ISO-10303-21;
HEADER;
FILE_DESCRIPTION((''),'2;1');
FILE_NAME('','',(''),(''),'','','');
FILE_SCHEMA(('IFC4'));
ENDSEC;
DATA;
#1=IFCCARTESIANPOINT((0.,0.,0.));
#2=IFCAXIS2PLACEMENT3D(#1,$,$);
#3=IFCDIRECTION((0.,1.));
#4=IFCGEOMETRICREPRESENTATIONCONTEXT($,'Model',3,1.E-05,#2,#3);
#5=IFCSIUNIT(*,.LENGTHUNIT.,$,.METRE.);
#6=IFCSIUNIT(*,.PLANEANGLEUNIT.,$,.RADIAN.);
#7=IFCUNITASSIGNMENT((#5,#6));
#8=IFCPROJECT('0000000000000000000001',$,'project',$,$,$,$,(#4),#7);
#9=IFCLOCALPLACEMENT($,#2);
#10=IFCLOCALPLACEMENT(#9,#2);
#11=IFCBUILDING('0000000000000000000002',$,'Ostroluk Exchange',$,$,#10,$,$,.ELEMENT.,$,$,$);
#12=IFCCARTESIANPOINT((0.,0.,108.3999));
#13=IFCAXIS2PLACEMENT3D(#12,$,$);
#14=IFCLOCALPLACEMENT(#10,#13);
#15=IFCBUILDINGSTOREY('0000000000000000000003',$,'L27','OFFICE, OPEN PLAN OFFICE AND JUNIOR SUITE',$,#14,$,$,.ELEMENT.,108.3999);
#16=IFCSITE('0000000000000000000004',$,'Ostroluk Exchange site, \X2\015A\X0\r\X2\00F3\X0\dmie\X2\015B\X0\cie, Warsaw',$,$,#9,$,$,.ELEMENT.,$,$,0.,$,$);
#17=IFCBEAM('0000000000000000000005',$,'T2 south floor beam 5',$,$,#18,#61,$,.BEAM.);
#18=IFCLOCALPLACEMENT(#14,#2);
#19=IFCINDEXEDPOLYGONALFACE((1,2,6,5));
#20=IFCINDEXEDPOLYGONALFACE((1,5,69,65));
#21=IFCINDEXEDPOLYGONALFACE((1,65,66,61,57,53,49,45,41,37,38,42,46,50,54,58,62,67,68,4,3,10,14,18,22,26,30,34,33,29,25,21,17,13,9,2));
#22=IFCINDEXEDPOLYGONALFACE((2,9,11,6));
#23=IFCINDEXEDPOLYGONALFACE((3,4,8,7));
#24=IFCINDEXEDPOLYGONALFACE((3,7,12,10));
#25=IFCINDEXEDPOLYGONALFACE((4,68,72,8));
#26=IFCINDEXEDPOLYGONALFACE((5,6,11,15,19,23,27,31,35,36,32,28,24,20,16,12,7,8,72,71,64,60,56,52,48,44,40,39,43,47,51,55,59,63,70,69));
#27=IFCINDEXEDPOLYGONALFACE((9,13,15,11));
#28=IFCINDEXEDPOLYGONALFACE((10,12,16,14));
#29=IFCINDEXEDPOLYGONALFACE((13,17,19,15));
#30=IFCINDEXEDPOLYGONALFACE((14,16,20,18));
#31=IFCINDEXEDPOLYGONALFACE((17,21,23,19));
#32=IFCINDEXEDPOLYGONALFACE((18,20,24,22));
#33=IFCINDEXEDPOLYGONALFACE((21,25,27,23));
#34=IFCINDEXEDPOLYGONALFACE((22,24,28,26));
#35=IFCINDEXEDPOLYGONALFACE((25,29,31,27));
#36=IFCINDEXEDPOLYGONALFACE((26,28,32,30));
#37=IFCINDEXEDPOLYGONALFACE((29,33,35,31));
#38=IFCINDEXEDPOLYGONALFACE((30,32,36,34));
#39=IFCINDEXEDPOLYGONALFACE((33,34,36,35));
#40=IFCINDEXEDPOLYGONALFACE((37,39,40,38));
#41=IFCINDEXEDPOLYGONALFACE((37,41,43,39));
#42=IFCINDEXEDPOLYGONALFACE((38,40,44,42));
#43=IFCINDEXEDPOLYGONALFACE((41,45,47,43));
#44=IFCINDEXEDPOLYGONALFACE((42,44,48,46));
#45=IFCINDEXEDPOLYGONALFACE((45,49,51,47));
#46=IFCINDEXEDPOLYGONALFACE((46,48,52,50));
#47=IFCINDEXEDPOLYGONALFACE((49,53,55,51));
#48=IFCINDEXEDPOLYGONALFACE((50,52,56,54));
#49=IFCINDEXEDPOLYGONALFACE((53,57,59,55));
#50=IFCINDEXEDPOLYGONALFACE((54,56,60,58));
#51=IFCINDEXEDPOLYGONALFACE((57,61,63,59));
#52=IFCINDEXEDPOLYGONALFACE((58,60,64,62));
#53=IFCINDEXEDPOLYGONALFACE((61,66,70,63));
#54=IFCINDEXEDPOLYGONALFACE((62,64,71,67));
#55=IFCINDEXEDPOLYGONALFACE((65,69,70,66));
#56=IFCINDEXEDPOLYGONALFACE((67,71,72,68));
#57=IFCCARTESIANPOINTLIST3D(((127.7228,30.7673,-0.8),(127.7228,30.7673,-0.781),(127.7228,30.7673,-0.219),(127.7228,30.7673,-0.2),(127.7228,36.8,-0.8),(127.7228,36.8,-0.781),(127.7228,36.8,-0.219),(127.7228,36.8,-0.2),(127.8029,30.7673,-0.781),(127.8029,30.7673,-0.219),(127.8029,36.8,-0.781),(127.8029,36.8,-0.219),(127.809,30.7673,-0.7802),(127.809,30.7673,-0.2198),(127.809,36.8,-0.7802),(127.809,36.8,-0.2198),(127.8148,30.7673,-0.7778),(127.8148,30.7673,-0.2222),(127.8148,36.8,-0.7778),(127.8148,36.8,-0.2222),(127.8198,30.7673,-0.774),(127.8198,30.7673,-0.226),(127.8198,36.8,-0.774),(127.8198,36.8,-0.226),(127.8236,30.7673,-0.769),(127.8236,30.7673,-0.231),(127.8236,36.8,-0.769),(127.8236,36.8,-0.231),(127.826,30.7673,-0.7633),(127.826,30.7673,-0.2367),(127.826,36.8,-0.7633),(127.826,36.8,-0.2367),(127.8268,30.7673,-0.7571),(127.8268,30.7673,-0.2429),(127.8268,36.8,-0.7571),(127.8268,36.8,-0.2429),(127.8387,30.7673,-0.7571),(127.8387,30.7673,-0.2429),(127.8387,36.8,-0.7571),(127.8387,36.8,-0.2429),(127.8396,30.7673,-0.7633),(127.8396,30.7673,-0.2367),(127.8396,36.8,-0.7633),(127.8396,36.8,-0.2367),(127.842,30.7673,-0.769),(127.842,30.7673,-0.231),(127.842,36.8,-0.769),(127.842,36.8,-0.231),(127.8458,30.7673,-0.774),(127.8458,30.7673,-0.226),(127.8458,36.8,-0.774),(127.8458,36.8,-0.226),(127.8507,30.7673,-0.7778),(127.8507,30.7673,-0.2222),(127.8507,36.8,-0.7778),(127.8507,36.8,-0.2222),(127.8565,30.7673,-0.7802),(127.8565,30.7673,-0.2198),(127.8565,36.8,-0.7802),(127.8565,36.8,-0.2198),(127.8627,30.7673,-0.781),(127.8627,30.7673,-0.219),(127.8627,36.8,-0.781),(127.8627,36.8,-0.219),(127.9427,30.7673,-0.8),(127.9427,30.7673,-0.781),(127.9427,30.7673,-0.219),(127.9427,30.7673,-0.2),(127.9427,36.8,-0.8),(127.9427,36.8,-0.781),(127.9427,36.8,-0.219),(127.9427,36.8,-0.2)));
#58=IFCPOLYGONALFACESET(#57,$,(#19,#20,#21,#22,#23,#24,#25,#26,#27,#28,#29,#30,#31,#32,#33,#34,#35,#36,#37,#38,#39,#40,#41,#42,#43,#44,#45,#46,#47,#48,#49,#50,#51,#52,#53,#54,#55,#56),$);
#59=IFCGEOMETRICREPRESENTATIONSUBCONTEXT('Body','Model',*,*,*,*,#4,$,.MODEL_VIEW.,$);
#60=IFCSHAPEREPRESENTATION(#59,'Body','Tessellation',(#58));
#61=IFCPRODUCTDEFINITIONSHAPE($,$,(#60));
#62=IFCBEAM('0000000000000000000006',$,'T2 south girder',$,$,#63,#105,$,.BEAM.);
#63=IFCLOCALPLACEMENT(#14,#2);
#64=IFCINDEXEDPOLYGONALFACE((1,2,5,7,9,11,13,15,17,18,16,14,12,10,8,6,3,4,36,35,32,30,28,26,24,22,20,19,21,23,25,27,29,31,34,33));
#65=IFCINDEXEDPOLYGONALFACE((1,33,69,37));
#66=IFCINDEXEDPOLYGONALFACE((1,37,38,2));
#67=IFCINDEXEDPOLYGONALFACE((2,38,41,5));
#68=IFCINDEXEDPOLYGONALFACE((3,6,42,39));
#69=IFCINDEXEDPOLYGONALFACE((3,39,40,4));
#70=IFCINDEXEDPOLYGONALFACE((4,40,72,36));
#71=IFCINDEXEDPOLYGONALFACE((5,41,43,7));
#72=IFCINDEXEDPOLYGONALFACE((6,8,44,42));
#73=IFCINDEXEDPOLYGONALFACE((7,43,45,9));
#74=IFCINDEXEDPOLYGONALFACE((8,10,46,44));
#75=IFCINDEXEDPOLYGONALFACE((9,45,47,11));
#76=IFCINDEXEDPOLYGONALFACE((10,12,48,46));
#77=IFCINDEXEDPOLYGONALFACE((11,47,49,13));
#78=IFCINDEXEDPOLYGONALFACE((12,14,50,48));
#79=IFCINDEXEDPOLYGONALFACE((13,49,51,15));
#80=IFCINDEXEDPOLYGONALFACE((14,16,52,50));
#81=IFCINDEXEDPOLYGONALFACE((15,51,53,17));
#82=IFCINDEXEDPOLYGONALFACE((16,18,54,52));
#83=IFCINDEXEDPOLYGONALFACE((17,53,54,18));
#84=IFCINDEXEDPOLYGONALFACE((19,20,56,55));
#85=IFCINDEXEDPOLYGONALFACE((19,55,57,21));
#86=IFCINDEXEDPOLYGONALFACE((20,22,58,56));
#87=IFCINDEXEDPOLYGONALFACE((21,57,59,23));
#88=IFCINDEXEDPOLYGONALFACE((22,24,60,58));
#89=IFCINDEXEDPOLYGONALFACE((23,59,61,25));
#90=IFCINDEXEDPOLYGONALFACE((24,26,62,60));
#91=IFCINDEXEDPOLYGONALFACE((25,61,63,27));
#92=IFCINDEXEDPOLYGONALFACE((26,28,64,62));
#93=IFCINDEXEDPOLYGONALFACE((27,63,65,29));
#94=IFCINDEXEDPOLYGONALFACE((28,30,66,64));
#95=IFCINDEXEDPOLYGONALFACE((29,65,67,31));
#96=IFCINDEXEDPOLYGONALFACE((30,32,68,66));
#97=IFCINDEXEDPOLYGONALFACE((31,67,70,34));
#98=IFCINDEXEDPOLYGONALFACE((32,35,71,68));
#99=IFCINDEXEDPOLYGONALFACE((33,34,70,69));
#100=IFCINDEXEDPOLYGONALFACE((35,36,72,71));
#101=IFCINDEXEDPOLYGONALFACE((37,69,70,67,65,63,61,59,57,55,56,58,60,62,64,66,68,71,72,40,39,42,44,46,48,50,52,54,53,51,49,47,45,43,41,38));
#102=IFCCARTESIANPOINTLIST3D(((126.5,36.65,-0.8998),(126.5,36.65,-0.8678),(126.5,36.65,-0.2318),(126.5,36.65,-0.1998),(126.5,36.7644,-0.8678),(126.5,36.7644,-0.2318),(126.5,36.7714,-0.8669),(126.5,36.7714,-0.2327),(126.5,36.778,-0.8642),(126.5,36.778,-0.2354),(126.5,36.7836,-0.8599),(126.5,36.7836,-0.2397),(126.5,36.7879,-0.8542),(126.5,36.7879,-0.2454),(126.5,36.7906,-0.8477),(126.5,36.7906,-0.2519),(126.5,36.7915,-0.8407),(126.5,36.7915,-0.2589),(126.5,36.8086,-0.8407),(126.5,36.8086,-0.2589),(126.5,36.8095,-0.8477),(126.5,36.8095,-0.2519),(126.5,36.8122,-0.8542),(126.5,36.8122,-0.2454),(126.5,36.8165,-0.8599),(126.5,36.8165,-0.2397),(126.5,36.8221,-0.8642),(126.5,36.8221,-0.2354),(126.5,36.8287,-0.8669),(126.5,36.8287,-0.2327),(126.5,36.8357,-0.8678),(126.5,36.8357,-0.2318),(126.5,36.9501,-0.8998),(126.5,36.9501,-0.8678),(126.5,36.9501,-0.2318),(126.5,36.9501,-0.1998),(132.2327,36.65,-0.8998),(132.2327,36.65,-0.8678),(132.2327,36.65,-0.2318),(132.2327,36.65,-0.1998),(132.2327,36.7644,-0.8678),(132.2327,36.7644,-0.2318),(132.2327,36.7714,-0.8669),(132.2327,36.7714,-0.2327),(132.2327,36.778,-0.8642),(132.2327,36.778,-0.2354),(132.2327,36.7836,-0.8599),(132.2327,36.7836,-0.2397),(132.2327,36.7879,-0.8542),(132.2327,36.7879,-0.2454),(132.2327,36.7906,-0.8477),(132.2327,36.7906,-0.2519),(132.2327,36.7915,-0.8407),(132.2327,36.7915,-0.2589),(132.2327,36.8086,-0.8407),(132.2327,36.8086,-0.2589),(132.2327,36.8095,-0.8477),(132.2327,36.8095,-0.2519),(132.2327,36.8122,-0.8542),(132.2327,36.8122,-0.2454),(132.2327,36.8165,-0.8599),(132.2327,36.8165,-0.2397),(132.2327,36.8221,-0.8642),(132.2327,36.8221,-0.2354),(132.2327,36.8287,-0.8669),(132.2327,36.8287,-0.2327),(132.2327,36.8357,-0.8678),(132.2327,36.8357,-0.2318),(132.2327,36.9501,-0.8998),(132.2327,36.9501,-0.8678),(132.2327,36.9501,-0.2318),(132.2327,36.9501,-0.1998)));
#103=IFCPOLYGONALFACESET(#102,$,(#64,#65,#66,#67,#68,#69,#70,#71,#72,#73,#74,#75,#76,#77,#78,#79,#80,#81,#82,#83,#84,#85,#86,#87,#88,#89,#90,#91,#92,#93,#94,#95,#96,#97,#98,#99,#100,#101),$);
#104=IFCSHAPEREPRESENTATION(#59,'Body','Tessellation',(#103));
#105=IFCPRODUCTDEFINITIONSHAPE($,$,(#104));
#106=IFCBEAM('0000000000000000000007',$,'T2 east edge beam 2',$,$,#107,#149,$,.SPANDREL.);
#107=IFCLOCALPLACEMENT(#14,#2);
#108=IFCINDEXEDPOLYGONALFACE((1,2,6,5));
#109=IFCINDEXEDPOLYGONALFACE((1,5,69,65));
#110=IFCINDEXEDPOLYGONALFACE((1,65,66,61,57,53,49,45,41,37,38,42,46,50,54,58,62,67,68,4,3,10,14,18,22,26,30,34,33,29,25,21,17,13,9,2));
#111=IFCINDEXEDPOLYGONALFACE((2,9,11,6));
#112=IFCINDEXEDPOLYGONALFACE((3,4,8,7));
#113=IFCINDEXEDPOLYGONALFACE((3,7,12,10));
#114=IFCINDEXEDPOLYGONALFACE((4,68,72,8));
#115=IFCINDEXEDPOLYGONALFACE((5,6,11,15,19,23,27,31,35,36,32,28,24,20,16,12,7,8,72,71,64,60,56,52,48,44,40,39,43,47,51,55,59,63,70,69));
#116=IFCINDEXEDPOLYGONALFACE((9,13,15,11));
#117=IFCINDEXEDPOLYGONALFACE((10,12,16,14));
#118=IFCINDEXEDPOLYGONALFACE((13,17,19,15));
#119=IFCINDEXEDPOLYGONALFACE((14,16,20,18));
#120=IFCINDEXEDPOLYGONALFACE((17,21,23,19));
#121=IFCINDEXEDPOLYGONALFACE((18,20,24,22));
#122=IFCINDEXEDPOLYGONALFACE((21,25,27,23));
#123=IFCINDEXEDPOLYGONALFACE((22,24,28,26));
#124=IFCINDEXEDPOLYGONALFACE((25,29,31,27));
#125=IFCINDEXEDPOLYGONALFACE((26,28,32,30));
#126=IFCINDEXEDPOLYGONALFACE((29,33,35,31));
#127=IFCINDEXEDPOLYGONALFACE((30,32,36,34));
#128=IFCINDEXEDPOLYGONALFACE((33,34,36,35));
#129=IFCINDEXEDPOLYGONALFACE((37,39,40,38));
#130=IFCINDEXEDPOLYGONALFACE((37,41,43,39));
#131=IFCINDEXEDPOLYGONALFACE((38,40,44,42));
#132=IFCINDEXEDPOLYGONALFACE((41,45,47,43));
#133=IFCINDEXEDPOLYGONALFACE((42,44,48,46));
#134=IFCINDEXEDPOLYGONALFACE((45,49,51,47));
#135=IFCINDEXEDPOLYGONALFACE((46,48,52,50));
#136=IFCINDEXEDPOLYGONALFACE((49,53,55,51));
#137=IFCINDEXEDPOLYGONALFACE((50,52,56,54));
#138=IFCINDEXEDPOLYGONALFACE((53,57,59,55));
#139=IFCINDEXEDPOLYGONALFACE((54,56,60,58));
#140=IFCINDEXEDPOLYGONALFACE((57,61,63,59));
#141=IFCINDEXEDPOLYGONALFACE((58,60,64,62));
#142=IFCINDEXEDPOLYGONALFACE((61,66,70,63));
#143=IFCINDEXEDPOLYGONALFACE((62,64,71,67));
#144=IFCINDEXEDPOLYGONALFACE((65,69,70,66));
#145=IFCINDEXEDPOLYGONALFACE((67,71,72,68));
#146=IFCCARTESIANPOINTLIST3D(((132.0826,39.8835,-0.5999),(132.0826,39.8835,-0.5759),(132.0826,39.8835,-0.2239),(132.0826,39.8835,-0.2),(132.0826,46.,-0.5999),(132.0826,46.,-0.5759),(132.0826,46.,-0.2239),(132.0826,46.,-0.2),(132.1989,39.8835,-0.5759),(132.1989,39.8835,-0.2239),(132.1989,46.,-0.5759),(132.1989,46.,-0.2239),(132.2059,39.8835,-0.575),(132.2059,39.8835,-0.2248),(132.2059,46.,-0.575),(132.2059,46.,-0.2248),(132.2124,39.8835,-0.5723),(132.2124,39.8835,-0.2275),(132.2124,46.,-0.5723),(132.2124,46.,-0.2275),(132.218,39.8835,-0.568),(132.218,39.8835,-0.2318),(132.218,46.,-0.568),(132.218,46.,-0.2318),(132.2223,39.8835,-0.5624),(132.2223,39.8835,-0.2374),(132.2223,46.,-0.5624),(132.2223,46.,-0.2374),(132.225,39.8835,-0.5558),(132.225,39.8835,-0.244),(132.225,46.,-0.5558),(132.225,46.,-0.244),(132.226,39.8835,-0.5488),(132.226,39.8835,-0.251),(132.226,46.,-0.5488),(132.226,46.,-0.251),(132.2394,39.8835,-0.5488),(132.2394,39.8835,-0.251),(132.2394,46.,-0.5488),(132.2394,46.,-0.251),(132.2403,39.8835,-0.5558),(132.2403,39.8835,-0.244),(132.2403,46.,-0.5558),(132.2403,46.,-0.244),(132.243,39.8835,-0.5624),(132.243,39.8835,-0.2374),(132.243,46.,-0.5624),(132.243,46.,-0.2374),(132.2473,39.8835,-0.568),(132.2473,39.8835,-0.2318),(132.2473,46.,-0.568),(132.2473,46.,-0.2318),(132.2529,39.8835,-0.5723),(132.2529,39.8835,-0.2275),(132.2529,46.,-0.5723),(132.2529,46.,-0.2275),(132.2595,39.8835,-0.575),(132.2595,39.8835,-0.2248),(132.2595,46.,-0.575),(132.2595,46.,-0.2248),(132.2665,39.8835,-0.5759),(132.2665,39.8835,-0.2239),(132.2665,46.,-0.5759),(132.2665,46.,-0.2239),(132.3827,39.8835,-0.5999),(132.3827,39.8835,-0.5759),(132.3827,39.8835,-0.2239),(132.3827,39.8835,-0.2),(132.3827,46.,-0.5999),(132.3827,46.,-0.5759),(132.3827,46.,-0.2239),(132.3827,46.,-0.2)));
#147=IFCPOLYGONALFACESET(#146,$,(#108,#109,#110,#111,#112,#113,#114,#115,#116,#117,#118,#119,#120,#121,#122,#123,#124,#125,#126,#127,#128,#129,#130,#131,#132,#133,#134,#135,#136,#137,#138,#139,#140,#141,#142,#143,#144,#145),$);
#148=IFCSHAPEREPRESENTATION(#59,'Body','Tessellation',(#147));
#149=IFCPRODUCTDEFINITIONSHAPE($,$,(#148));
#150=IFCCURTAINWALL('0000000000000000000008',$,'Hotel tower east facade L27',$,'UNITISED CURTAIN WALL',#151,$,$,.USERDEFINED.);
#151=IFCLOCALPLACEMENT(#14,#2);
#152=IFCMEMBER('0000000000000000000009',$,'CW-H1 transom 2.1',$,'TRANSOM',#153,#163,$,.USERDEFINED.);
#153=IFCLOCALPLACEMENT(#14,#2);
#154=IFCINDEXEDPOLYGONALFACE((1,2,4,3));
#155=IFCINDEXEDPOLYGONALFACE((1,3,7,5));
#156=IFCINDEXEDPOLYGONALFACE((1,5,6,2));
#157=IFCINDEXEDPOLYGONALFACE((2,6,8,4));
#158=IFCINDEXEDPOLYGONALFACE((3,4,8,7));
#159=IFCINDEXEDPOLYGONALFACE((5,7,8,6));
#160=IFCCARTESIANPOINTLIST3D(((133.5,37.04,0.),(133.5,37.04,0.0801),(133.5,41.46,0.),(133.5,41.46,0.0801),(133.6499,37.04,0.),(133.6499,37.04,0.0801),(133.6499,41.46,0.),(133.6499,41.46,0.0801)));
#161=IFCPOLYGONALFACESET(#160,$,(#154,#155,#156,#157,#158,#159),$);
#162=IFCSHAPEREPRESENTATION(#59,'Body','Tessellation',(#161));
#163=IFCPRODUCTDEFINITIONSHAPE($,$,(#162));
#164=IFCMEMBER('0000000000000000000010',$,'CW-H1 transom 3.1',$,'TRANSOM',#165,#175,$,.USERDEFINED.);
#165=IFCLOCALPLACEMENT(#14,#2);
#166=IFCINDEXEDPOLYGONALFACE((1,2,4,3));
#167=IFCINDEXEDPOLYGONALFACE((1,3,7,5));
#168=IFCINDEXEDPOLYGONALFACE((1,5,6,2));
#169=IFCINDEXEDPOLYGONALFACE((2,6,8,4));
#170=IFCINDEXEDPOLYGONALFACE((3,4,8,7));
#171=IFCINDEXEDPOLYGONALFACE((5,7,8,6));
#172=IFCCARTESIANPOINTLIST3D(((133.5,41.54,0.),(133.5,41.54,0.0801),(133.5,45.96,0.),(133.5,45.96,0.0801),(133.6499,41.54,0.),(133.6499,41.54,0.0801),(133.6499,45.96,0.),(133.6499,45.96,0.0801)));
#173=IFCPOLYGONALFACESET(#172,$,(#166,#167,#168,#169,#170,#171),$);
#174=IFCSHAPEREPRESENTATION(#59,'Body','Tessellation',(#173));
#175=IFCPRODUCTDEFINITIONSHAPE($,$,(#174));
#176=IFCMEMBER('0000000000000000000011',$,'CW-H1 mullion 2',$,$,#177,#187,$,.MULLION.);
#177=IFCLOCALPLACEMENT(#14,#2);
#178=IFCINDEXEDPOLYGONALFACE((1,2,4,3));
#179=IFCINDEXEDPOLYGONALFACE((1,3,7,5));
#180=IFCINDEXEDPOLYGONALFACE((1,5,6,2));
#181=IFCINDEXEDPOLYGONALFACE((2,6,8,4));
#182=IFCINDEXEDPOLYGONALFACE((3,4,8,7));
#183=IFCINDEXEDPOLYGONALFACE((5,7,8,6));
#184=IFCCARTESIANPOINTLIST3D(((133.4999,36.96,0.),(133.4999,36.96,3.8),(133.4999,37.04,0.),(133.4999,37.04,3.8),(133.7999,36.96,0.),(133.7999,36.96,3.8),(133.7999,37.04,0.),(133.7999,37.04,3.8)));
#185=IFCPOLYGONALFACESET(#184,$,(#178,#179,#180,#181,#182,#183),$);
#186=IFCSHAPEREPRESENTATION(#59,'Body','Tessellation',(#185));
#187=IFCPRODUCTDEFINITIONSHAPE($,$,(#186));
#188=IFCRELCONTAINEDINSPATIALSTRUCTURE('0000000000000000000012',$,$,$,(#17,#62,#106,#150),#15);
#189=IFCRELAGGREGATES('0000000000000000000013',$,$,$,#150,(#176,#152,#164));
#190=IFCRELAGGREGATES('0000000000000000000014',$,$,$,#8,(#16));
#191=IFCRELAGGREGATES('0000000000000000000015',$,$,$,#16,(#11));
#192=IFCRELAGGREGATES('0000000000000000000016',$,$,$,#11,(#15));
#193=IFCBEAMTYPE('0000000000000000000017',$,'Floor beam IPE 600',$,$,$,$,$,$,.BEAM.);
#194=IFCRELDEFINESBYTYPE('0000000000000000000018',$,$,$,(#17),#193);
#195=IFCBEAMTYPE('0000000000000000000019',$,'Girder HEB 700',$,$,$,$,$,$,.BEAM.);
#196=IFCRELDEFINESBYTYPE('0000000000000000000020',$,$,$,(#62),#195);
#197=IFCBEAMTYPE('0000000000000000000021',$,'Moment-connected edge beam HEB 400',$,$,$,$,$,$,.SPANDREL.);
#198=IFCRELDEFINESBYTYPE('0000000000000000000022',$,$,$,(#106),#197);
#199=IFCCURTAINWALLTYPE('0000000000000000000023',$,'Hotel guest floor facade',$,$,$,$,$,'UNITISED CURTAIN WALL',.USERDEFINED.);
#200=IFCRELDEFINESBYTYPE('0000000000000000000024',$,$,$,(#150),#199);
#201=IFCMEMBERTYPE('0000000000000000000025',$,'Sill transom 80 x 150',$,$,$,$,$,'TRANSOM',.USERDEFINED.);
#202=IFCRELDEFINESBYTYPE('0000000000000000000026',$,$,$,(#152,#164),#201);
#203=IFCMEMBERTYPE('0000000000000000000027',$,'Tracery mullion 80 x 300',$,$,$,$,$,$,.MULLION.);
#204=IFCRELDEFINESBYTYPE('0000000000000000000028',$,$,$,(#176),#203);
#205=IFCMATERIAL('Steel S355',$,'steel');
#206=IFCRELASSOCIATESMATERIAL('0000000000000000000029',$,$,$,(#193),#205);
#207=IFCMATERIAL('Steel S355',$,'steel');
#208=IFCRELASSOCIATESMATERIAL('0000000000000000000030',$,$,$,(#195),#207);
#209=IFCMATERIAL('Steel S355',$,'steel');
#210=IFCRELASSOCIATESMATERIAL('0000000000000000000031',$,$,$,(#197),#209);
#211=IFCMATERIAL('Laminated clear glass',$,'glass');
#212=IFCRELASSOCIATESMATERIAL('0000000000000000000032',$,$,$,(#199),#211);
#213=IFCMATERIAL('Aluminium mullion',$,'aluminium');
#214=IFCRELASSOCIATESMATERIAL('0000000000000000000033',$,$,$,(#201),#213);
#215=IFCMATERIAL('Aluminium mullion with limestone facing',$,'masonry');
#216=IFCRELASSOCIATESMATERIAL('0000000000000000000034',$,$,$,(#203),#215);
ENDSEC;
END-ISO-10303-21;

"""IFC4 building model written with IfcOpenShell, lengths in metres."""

from ifc_helpers import new_model, si_unit, direction, frame, origin, origin_2d, place, context, subcontext, project, spatial, rectangle, i_section, extrude, material, material_profile, profile_set, type_object, element, aggregate, save


model = new_model("IFC4")

# Units and contexts
model_context = context("Model", 3, precision=1e-05, world=origin(), true_north=direction((0.0, 1.0)))
body_context = subcontext(model_context, "Body", "Model", "MODEL_VIEW")
ifc_project = project(units=[si_unit("LENGTHUNIT", "METRE"), si_unit("PLANEANGLEUNIT", "RADIAN")], contexts=[model_context])

# Site, building, storey
site_placement = place(None, origin())
site = spatial("IfcSite", under=ifc_project, at=site_placement, Name="Ostroluk Exchange site, Śródmieście, Warsaw", CompositionType="ELEMENT", RefElevation=0.0)
building_placement = place(site_placement, origin())
building = spatial("IfcBuilding", under=site, at=building_placement, Name="Ostroluk Exchange", CompositionType="ELEMENT")
storey_placement = place(building_placement, frame((0.0, 0.0, 108.3999)))
storey = spatial("IfcBuildingStorey", under=building, at=storey_placement, Name="L27", Description="OFFICE, OPEN PLAN OFFICE AND JUNIOR SUITE", CompositionType="ELEMENT", Elevation=108.3999)

# Beams
ifc_material_1 = material(Name="Steel S355", Category="steel")
ifc_material_profile_1 = material_profile(ifc_material_1, i_section(OverallWidth=0.22, OverallDepth=0.6001, WebThickness=0.012, FlangeThickness=0.019, FilletRadius=0.0239, at=origin_2d()), Name="IPE 600")
ifc_profile_set_1 = profile_set([ifc_material_profile_1], Name="Steel S355")
beam_type_1 = type_object("IfcBeamType", Name="Floor beam IPE 600", PredefinedType="BEAM", material=ifc_profile_set_1)
beam_1_placement = place(storey_placement, frame((127.8328, 36.8, -0.5), z_axis=(0.0, -1.0, 0.0), x_axis=(1.0, 0.0, 0.0)))
element("IfcBeam", 1, at=beam_1_placement, inside=storey, type_object=beam_type_1, Name="T2 south floor beam 5", PredefinedType="BEAM", context=body_context, shape_type="SweptSolid", body=[
    extrude(i_section(OverallWidth=0.22, OverallDepth=0.6001, WebThickness=0.012, FlangeThickness=0.019, FilletRadius=0.0239, at=origin_2d()), origin(), (0.0, 0.0, 1.0), 6.0327),
])
ifc_material_2 = material(Name="Steel S355", Category="steel")
ifc_material_profile_2 = material_profile(ifc_material_2, i_section(OverallWidth=0.3, OverallDepth=0.7, WebThickness=0.0171, FlangeThickness=0.032, FilletRadius=0.0271, at=origin_2d()), Name="HEB 700")
ifc_profile_set_2 = profile_set([ifc_material_profile_2], Name="Steel S355")
beam_type_2 = type_object("IfcBeamType", Name="Girder HEB 700", PredefinedType="BEAM", material=ifc_profile_set_2)
beam_2_placement = place(storey_placement, frame((126.5, 36.8, -0.5498), z_axis=(1.0, 0.0, 0.0), x_axis=(0.0, 1.0, 0.0)))
element("IfcBeam", 2, at=beam_2_placement, inside=storey, type_object=beam_type_2, Name="T2 south girder", PredefinedType="BEAM", context=body_context, shape_type="SweptSolid", body=[
    extrude(i_section(OverallWidth=0.3, OverallDepth=0.7, WebThickness=0.0171, FlangeThickness=0.032, FilletRadius=0.0271, at=origin_2d()), origin(), (0.0, 0.0, 1.0), 5.7327),
])
ifc_material_3 = material(Name="Steel S355", Category="steel")
ifc_material_profile_3 = material_profile(ifc_material_3, i_section(OverallWidth=0.3, OverallDepth=0.3999, WebThickness=0.0134, FlangeThickness=0.0239, FilletRadius=0.0271, at=origin_2d()), Name="HEB 400")
ifc_profile_set_3 = profile_set([ifc_material_profile_3], Name="Steel S355")
beam_type_3 = type_object("IfcBeamType", Name="Moment-connected edge beam HEB 400", PredefinedType="SPANDREL", material=ifc_profile_set_3)
beam_3_placement = place(storey_placement, frame((132.2327, 39.8835, -0.3999), z_axis=(0.0, 1.0, 0.0), x_axis=(-1.0, 0.0, 0.0)))
element("IfcBeam", 3, at=beam_3_placement, inside=storey, type_object=beam_type_3, Name="T2 east edge beam 2", PredefinedType="SPANDREL", context=body_context, shape_type="SweptSolid", body=[
    extrude(i_section(OverallWidth=0.3, OverallDepth=0.3999, WebThickness=0.0134, FlangeThickness=0.0239, FilletRadius=0.0271, at=origin_2d()), origin(), (0.0, 0.0, 1.0), 6.1165),
])

# Curtain wall, members
ifc_material_4 = material(Name="Laminated clear glass", Category="glass")
curtain_wall_type = type_object("IfcCurtainWallType", Name="Hotel guest floor facade", ElementType="UNITISED CURTAIN WALL", PredefinedType="USERDEFINED", material=ifc_material_4)
curtain_wall_placement = place(storey_placement, origin())
curtain_wall = element("IfcCurtainWall", 4, at=curtain_wall_placement, inside=storey, type_object=curtain_wall_type, Name="Hotel tower east facade L27", ObjectType="UNITISED CURTAIN WALL", PredefinedType="USERDEFINED")
ifc_material_5 = material(Name="Aluminium mullion", Category="aluminium")
ifc_material_profile_4 = material_profile(ifc_material_5, rectangle(XDim=0.1499, YDim=0.0801, at=origin_2d()), Name="Sill transom 80 x 150")
ifc_profile_set_4 = profile_set([ifc_material_profile_4], Name="Aluminium mullion")
member_type_1 = type_object("IfcMemberType", Name="Sill transom 80 x 150", ElementType="TRANSOM", PredefinedType="USERDEFINED", material=ifc_profile_set_4)
member_1_placement = place(storey_placement, frame((133.575, 37.04, 0.04), z_axis=(0.0, 1.0, 0.0), x_axis=(-1.0, 0.0, 0.0)))
member_1 = element("IfcMember", 5, at=member_1_placement, type_object=member_type_1, Name="CW-H1 transom 2.1", ObjectType="TRANSOM", PredefinedType="USERDEFINED", context=body_context, shape_type="SweptSolid", body=[
    extrude(rectangle(XDim=0.1499, YDim=0.0801, at=origin_2d()), origin(), (0.0, 0.0, 1.0), 4.4199),
])
member_2_placement = place(storey_placement, frame((133.575, 41.54, 0.04), z_axis=(0.0, 1.0, 0.0), x_axis=(-1.0, 0.0, 0.0)))
member_2 = element("IfcMember", 6, at=member_2_placement, type_object=member_type_1, Name="CW-H1 transom 3.1", ObjectType="TRANSOM", PredefinedType="USERDEFINED", context=body_context, shape_type="SweptSolid", body=[
    extrude(rectangle(XDim=0.1499, YDim=0.0801, at=origin_2d()), origin(), (0.0, 0.0, 1.0), 4.4199),
])
ifc_material_6 = material(Name="Aluminium mullion with limestone facing", Category="masonry")
ifc_material_profile_5 = material_profile(ifc_material_6, rectangle(XDim=0.3, YDim=0.0801, at=origin_2d()), Name="Tracery mullion 80 x 300")
ifc_profile_set_5 = profile_set([ifc_material_profile_5], Name="Aluminium mullion with limestone facing")
member_type_2 = type_object("IfcMemberType", Name="Tracery mullion 80 x 300", PredefinedType="MULLION", material=ifc_profile_set_5)
member_3_placement = place(storey_placement, frame((133.6499, 37.0, 0.0), z_axis=(0.0, 0.0, 1.0), x_axis=(-1.0, 0.0, 0.0)))
member_3 = element("IfcMember", 7, at=member_3_placement, type_object=member_type_2, Name="CW-H1 mullion 2", PredefinedType="MULLION", context=body_context, shape_type="SweptSolid", body=[
    extrude(rectangle(XDim=0.3, YDim=0.0801, at=origin_2d()), origin(), (0.0, 0.0, 1.0), 3.8),
])
aggregate(curtain_wall, [member_3, member_1, member_2])

save(model, "model.ifc")
